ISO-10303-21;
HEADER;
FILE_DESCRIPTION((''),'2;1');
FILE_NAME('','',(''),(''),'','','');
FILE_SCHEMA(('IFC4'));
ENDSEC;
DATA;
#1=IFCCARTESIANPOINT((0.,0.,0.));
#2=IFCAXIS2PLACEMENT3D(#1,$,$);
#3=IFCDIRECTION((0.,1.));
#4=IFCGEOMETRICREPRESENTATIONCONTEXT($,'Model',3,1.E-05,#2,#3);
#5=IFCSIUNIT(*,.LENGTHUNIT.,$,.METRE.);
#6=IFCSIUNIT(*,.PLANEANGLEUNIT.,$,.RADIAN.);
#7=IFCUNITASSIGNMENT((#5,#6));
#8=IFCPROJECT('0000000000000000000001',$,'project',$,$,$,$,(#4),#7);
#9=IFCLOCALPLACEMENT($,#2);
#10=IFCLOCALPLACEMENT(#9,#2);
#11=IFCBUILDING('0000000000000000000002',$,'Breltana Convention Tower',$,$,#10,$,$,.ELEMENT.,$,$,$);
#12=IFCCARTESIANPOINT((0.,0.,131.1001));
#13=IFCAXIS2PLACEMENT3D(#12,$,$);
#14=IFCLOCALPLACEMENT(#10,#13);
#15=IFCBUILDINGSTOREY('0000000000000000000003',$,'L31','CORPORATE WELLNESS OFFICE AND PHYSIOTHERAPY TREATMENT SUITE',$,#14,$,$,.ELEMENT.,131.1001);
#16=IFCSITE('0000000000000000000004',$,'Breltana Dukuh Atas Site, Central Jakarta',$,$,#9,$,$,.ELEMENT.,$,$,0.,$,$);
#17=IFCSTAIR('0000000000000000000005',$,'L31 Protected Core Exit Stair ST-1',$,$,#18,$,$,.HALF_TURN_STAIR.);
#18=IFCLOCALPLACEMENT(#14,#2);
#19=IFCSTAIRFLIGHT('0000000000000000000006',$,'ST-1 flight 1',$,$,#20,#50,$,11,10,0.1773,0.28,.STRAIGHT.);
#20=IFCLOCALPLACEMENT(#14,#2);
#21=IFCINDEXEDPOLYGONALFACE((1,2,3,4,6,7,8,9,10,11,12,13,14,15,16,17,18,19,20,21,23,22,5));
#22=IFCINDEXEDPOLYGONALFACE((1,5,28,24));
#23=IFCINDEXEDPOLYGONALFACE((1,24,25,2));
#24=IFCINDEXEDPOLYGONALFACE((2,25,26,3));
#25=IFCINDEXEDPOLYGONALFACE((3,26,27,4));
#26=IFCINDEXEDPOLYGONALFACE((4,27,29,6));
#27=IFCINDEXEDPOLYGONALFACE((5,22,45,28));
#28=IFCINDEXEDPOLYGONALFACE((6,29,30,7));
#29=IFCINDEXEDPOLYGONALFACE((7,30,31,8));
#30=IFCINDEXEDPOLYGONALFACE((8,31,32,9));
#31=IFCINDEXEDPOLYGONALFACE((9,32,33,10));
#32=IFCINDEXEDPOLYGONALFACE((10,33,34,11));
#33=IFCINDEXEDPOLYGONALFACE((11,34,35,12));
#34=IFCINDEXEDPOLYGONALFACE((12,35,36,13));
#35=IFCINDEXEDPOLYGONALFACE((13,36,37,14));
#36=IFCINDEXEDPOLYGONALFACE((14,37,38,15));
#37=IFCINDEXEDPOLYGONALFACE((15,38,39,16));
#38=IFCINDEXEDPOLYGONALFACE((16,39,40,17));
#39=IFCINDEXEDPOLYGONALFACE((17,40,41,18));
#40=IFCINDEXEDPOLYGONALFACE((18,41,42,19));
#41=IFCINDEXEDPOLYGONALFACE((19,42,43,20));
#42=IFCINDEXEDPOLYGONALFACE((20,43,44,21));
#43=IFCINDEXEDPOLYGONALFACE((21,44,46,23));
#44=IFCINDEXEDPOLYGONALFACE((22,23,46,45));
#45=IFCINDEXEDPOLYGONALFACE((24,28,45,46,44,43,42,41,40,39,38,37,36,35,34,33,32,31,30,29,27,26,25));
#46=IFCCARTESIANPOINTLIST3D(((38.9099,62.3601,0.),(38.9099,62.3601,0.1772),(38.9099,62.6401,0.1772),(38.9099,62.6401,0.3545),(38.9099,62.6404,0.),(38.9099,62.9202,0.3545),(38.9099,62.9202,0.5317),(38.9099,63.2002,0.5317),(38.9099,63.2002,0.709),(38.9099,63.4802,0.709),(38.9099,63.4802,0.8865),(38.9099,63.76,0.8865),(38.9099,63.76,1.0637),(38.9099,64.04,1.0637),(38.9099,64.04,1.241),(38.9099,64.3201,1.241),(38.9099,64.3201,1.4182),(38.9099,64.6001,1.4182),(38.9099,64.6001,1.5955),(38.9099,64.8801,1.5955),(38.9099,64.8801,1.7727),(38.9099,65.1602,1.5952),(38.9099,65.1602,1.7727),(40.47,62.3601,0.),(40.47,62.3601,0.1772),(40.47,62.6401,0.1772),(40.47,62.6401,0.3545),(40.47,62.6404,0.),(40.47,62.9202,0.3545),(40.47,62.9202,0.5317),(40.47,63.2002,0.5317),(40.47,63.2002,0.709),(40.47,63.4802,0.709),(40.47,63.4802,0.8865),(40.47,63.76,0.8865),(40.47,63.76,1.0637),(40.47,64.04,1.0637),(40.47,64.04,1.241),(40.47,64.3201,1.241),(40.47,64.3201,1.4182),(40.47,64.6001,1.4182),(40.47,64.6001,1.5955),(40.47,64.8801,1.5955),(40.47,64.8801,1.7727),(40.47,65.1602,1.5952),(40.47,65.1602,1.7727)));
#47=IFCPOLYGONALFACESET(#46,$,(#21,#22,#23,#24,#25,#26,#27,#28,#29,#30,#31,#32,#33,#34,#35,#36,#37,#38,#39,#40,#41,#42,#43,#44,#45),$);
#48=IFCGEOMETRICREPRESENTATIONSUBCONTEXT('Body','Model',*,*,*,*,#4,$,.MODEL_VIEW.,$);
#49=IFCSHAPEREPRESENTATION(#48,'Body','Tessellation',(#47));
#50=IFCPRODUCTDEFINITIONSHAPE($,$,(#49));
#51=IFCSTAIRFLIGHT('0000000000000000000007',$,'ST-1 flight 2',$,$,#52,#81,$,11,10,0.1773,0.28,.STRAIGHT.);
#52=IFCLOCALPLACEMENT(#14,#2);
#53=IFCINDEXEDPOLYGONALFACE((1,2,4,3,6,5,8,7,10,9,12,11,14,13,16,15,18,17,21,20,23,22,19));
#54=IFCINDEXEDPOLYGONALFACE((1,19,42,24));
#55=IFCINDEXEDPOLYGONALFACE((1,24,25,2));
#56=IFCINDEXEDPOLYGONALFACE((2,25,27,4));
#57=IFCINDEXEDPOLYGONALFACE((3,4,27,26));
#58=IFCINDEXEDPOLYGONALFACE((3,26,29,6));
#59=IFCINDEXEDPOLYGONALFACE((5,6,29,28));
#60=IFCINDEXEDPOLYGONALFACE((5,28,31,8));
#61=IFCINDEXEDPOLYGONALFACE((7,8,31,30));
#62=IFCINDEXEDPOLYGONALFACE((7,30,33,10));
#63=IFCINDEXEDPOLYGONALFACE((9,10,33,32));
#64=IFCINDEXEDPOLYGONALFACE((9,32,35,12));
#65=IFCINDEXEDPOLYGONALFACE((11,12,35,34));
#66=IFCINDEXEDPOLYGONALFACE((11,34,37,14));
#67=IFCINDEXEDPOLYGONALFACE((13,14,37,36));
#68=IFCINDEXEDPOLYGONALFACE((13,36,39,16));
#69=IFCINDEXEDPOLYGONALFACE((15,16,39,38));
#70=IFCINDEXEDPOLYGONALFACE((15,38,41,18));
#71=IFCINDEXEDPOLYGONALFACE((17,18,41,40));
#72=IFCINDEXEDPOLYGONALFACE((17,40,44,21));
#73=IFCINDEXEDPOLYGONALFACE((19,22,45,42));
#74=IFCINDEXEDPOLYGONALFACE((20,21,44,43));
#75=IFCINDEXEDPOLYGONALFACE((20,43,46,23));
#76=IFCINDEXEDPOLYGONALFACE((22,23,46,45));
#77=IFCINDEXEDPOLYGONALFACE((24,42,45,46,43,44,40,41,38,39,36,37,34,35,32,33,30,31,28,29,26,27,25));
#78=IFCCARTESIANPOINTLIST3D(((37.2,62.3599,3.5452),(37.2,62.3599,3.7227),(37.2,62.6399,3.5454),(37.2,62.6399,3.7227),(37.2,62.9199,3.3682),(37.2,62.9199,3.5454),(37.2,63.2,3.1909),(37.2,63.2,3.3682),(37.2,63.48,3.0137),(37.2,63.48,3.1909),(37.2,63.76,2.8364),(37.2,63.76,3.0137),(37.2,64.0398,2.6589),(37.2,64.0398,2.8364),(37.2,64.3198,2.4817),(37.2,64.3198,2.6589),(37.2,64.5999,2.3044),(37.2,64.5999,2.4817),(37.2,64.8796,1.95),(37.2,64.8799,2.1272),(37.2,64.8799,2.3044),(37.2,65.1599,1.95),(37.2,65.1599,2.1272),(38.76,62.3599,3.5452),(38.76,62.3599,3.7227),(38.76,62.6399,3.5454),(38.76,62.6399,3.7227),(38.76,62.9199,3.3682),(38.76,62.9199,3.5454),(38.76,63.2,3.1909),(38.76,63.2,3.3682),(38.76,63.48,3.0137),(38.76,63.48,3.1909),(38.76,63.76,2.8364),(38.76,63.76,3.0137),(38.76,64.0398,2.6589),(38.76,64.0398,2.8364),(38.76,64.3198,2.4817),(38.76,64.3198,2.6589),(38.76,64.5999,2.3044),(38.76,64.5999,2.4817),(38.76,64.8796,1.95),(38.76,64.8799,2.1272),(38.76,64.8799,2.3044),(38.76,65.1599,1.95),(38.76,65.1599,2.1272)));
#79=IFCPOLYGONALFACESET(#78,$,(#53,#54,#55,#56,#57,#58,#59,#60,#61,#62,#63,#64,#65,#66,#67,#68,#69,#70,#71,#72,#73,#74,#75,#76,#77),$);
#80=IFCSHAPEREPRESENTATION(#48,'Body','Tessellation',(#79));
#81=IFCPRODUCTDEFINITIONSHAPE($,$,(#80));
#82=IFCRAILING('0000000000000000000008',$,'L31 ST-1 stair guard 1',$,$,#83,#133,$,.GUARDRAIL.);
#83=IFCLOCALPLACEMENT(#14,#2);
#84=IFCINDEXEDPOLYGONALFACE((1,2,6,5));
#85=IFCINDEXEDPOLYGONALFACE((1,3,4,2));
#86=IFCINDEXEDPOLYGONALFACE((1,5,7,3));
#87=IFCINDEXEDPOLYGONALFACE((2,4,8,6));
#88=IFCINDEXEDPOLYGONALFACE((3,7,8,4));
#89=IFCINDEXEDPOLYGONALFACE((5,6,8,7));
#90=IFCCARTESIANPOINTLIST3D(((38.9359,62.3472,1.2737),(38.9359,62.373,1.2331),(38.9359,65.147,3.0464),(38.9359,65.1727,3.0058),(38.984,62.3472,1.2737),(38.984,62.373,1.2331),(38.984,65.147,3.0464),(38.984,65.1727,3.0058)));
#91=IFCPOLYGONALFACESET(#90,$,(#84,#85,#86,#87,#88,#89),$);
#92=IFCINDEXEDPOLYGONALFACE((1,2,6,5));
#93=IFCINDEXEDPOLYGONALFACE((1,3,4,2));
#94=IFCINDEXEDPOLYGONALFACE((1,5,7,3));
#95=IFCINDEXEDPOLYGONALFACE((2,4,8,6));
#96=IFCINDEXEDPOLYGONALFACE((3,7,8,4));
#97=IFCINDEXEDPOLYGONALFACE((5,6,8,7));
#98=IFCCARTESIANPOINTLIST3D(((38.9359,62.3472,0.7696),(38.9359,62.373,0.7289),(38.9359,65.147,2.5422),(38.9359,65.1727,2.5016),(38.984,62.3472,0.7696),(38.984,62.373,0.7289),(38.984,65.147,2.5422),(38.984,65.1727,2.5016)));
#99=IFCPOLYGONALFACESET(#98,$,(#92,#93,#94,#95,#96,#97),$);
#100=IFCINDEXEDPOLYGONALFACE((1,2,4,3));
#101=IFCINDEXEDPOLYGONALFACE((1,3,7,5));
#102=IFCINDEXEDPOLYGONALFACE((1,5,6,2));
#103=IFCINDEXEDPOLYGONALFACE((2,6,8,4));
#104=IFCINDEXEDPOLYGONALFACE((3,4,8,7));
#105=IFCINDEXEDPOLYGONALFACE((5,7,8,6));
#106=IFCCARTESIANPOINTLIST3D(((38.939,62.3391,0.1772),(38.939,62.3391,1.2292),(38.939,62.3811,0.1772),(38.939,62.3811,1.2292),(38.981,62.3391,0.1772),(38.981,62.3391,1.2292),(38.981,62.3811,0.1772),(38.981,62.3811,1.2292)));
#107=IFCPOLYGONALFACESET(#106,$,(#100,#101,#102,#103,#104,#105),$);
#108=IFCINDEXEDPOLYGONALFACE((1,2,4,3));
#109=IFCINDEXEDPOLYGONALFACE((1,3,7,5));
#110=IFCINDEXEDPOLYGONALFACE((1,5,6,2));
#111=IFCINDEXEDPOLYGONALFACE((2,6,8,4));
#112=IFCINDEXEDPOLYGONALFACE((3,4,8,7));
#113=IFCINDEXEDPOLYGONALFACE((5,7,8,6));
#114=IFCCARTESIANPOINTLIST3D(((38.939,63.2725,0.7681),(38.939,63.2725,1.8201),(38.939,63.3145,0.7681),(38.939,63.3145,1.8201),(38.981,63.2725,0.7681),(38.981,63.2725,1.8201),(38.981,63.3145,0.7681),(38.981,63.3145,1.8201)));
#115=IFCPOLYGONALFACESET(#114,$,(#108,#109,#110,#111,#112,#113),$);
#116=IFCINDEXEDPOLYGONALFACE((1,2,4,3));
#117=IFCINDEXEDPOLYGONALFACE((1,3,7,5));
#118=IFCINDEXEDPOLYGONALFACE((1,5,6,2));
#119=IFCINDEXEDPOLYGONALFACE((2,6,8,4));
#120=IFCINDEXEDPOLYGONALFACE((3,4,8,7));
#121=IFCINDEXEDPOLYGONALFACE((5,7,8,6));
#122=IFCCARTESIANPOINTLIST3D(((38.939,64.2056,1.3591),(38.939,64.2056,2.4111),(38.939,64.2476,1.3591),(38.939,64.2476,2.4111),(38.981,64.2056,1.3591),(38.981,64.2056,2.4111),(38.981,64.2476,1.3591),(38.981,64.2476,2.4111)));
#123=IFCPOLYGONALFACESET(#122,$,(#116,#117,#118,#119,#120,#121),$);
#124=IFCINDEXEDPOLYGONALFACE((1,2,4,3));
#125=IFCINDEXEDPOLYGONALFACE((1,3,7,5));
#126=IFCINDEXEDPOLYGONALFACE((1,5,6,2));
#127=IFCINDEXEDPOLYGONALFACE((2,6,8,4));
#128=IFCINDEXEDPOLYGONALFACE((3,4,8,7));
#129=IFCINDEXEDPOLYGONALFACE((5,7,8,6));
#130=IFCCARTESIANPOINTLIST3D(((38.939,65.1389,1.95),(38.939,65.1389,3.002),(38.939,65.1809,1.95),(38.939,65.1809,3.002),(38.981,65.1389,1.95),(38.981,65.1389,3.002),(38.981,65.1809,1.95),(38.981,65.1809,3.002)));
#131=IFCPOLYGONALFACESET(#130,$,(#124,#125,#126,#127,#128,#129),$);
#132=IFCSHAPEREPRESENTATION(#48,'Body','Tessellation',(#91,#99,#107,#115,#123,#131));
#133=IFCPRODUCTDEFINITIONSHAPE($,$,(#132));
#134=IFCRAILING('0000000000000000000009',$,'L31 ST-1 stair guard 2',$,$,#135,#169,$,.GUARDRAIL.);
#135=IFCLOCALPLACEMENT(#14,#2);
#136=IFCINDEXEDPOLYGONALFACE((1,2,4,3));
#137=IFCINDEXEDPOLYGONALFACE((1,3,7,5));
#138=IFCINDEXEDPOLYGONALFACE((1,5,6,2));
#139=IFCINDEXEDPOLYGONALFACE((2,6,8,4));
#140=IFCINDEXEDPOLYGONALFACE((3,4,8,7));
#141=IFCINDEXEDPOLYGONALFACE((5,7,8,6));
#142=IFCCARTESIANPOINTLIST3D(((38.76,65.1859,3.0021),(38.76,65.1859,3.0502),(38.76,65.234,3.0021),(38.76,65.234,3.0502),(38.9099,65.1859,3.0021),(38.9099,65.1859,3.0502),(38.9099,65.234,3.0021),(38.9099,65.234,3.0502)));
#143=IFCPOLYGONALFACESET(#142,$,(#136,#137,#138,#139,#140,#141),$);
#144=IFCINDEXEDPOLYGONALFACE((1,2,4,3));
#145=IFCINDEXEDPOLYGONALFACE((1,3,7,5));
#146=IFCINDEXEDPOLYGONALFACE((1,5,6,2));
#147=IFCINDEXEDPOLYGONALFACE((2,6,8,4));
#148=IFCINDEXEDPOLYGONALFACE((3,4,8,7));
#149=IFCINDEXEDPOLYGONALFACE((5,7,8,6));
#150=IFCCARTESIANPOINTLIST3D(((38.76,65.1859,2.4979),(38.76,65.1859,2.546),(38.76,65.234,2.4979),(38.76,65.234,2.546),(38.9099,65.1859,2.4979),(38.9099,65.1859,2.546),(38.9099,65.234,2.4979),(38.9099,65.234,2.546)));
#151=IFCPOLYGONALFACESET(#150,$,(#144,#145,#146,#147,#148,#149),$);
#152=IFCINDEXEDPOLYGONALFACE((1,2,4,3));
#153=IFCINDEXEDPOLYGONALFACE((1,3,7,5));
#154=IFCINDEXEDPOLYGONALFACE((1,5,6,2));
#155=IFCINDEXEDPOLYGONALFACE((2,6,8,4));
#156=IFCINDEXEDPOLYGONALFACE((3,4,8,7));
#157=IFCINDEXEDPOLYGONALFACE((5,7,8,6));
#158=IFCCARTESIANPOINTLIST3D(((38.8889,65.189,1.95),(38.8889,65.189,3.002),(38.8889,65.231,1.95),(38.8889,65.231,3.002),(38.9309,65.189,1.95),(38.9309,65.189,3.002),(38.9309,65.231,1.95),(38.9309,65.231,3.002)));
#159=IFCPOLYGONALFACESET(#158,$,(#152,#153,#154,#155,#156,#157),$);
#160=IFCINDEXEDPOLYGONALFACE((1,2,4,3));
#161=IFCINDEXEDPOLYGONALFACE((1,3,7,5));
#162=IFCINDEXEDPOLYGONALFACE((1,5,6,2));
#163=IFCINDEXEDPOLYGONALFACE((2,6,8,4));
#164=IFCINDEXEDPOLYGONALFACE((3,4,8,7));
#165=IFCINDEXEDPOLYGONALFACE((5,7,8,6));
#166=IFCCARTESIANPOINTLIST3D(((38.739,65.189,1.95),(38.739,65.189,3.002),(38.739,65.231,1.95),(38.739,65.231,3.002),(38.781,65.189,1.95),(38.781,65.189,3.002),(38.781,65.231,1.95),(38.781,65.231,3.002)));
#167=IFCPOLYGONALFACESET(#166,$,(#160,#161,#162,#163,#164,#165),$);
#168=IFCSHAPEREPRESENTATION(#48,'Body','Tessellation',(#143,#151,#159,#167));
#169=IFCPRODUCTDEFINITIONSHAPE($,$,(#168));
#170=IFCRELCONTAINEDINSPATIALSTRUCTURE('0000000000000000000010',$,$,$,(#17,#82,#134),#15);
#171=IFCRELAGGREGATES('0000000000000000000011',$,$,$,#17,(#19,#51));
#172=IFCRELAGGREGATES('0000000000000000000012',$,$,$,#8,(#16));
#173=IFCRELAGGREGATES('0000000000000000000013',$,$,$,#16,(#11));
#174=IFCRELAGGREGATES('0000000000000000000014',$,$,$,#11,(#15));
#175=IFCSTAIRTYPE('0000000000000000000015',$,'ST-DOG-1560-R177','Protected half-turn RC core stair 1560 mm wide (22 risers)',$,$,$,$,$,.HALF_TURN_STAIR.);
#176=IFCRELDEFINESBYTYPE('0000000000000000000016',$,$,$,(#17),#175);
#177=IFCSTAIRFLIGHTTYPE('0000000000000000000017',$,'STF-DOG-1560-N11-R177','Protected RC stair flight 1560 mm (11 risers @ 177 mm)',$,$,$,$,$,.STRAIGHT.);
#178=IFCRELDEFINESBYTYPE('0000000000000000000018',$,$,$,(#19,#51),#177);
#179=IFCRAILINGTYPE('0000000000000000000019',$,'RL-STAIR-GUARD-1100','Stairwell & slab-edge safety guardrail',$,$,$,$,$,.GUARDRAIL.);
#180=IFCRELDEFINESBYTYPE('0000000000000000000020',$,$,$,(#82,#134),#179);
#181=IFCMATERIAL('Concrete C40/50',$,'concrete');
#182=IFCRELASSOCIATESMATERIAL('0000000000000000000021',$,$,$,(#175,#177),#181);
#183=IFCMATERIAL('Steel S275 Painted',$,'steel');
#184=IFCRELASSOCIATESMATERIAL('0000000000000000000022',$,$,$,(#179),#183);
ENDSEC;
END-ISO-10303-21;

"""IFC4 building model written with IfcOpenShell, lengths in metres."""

from ifc_helpers import new_model, si_unit, direction, frame, origin, origin_2d, place, context, subcontext, project, spatial, polyline, rectangle, outline, extrude, material, type_object, element, aggregate, save


model = new_model("IFC4")

# Units and contexts
model_context = context("Model", 3, precision=1e-05, world=origin(), true_north=direction((0.0, 1.0)))
body_context = subcontext(model_context, "Body", "Model", "MODEL_VIEW")
ifc_project = project(units=[si_unit("LENGTHUNIT", "METRE"), si_unit("PLANEANGLEUNIT", "RADIAN")], contexts=[model_context])

# Site, building, storey
site_placement = place(None, origin())
site = spatial("IfcSite", under=ifc_project, at=site_placement, Name="Breltana Dukuh Atas Site, Central Jakarta", CompositionType="ELEMENT", RefElevation=0.0)
building_placement = place(site_placement, origin())
building = spatial("IfcBuilding", under=site, at=building_placement, Name="Breltana Convention Tower", CompositionType="ELEMENT")
storey_placement = place(building_placement, frame((0.0, 0.0, 131.1001)))
storey = spatial("IfcBuildingStorey", under=building, at=storey_placement, Name="L31", Description="CORPORATE WELLNESS OFFICE AND PHYSIOTHERAPY TREATMENT SUITE", CompositionType="ELEMENT", Elevation=131.1001)

# Stair, stair flights
ifc_material_1 = material(Name="Concrete C40/50", Category="concrete")
stair_type = type_object("IfcStairType", Name="ST-DOG-1560-R177", Description="Protected half-turn RC core stair 1560 mm wide (22 risers)", PredefinedType="HALF_TURN_STAIR", material=ifc_material_1)
stair_placement = place(storey_placement, origin())
stair = element("IfcStair", 1, at=stair_placement, inside=storey, type_object=stair_type, Name="L31 Protected Core Exit Stair ST-1", PredefinedType="HALF_TURN_STAIR")
stair_flight_type = type_object("IfcStairFlightType", Name="STF-DOG-1560-N11-R177", Description="Protected RC stair flight 1560 mm (11 risers @ 177 mm)", PredefinedType="STRAIGHT", material=ifc_material_1)
stair_flight_1_placement = place(storey_placement, frame((39.6899, 62.3601, 0.0), z_axis=(0.0, 0.0, 1.0), x_axis=(0.0, 1.0, 0.0)))
stair_flight_1 = element("IfcStairFlight", 2, at=stair_flight_1_placement, type_object=stair_flight_type, Name="ST-1 flight 1", NumberOfRisers=11, NumberOfTreads=10, PredefinedType="STRAIGHT", RiserHeight=0.1773, TreadLength=0.28, context=body_context, shape_type="SweptSolid", body=[
    extrude(outline(polyline([(0.0, 0.0), (0.0, 0.1772), (0.28, 0.1772), (0.28, 0.3545), (0.5601, 0.3545), (0.5601, 0.5317), (0.8401, 0.5317), (0.8401, 0.709), (1.1201, 0.709), (1.1201, 0.8865), (1.3999, 0.8865), (1.3999, 1.0637), (1.6799, 1.0637), (1.6799, 1.241), (1.96, 1.241), (1.96, 1.4182), (2.24, 1.4182), (2.24, 1.5955), (2.52, 1.5955), (2.52, 1.7727), (2.8, 1.7727), (2.8, 1.95), (2.8, 1.5952), (0.2803, 0.0), (0.0, 0.0)])), frame((0.0, 0.78, 0.0), z_axis=(0.0, -1.0, 0.0), x_axis=(1.0, 0.0, 0.0)), (0.0, 0.0, 1.0), 1.5601),
])
stair_flight_2_placement = place(storey_placement, frame((37.98, 65.1599, 1.95), z_axis=(0.0, 0.0, 1.0), x_axis=(0.0, -1.0, 0.0)))
stair_flight_2 = element("IfcStairFlight", 3, at=stair_flight_2_placement, type_object=stair_flight_type, Name="ST-1 flight 2", NumberOfRisers=11, NumberOfTreads=10, PredefinedType="STRAIGHT", RiserHeight=0.1773, TreadLength=0.28, context=body_context, shape_type="SweptSolid", body=[
    extrude(outline(polyline([(0.0, 0.0), (0.0, 0.1772), (0.28, 0.1772), (0.28, 0.3545), (0.5601, 0.3545), (0.5601, 0.5317), (0.8401, 0.5317), (0.8401, 0.709), (1.1201, 0.709), (1.1201, 0.8865), (1.3999, 0.8865), (1.3999, 1.0637), (1.6799, 1.0637), (1.6799, 1.241), (1.96, 1.241), (1.96, 1.4182), (2.24, 1.4182), (2.24, 1.5955), (2.52, 1.5955), (2.52, 1.7727), (2.8, 1.7727), (2.8, 1.95), (2.8, 1.5952), (0.2803, 0.0), (0.0, 0.0)])), frame((0.0, 0.78, 0.0), z_axis=(0.0, -1.0, 0.0), x_axis=(1.0, 0.0, 0.0)), (0.0, 0.0, 1.0), 1.5601),
])
aggregate(stair, [stair_flight_1, stair_flight_2])

# Railings
ifc_material_2 = material(Name="Steel S275 Painted", Category="steel")
railing_type_1 = type_object("IfcRailingType", Name="RL-STAIR-GUARD-1100", Description="Stairwell & slab-edge safety guardrail", PredefinedType="GUARDRAIL", material=ifc_material_2)
railing_1_placement = place(storey_placement, frame((38.96, 62.3601, 0.1772)))
element("IfcRailing", 4, at=railing_1_placement, inside=storey, type_object=railing_type_1, Name="L31 ST-1 stair guard 1", PredefinedType="GUARDRAIL", context=body_context, shape_type="SweptSolid", body=[
    extrude(rectangle(XDim=0.0481, YDim=0.0481, at=origin_2d()), frame((0.0, 0.0, 1.0762), z_axis=(0.0, 0.844888, 0.534943), x_axis=(-1.0, 0.0, 0.0)), (0.0, 0.0, 1.0), 3.3137),
    extrude(rectangle(XDim=0.0481, YDim=0.0481, at=origin_2d()), frame((0.0, 0.0, 0.572), z_axis=(0.0, 0.844888, 0.534943), x_axis=(-1.0, 0.0, 0.0)), (0.0, 0.0, 1.0), 3.3137),
    extrude(rectangle(XDim=0.042, YDim=0.042, at=origin_2d()), origin(), (0.0, 0.0, 1.0), 1.052),
    extrude(rectangle(XDim=0.042, YDim=0.042, at=origin_2d()), frame((0.0, 0.9333, 0.5908)), (0.0, 0.0, 1.0), 1.052),
    extrude(rectangle(XDim=0.042, YDim=0.042, at=origin_2d()), frame((0.0, 1.8665, 1.1819)), (0.0, 0.0, 1.0), 1.052),
    extrude(rectangle(XDim=0.042, YDim=0.042, at=origin_2d()), frame((0.0, 2.7998, 1.7727)), (0.0, 0.0, 1.0), 1.052),
])
railing_2_placement = place(storey_placement, frame((38.9099, 65.21, 1.95)))
element("IfcRailing", 5, at=railing_2_placement, inside=storey, type_object=railing_type_1, Name="L31 ST-1 stair guard 2", PredefinedType="GUARDRAIL", context=body_context, shape_type="SweptSolid", body=[
    extrude(rectangle(XDim=0.0481, YDim=0.0481, at=origin_2d()), frame((0.0, 0.0, 1.0762), z_axis=(-1.0, 0.0, 0.0), x_axis=(0.0, -1.0, 0.0)), (0.0, 0.0, 1.0), 0.1499),
    extrude(rectangle(XDim=0.0481, YDim=0.0481, at=origin_2d()), frame((0.0, 0.0, 0.572), z_axis=(-1.0, 0.0, 0.0), x_axis=(0.0, -1.0, 0.0)), (0.0, 0.0, 1.0), 0.1499),
    extrude(rectangle(XDim=0.042, YDim=0.042, at=origin_2d()), origin(), (0.0, 0.0, 1.0), 1.052),
    extrude(rectangle(XDim=0.042, YDim=0.042, at=origin_2d()), frame((-0.1499, 0.0, 0.0)), (0.0, 0.0, 1.0), 1.052),
])

save(model, "model.ifc")
